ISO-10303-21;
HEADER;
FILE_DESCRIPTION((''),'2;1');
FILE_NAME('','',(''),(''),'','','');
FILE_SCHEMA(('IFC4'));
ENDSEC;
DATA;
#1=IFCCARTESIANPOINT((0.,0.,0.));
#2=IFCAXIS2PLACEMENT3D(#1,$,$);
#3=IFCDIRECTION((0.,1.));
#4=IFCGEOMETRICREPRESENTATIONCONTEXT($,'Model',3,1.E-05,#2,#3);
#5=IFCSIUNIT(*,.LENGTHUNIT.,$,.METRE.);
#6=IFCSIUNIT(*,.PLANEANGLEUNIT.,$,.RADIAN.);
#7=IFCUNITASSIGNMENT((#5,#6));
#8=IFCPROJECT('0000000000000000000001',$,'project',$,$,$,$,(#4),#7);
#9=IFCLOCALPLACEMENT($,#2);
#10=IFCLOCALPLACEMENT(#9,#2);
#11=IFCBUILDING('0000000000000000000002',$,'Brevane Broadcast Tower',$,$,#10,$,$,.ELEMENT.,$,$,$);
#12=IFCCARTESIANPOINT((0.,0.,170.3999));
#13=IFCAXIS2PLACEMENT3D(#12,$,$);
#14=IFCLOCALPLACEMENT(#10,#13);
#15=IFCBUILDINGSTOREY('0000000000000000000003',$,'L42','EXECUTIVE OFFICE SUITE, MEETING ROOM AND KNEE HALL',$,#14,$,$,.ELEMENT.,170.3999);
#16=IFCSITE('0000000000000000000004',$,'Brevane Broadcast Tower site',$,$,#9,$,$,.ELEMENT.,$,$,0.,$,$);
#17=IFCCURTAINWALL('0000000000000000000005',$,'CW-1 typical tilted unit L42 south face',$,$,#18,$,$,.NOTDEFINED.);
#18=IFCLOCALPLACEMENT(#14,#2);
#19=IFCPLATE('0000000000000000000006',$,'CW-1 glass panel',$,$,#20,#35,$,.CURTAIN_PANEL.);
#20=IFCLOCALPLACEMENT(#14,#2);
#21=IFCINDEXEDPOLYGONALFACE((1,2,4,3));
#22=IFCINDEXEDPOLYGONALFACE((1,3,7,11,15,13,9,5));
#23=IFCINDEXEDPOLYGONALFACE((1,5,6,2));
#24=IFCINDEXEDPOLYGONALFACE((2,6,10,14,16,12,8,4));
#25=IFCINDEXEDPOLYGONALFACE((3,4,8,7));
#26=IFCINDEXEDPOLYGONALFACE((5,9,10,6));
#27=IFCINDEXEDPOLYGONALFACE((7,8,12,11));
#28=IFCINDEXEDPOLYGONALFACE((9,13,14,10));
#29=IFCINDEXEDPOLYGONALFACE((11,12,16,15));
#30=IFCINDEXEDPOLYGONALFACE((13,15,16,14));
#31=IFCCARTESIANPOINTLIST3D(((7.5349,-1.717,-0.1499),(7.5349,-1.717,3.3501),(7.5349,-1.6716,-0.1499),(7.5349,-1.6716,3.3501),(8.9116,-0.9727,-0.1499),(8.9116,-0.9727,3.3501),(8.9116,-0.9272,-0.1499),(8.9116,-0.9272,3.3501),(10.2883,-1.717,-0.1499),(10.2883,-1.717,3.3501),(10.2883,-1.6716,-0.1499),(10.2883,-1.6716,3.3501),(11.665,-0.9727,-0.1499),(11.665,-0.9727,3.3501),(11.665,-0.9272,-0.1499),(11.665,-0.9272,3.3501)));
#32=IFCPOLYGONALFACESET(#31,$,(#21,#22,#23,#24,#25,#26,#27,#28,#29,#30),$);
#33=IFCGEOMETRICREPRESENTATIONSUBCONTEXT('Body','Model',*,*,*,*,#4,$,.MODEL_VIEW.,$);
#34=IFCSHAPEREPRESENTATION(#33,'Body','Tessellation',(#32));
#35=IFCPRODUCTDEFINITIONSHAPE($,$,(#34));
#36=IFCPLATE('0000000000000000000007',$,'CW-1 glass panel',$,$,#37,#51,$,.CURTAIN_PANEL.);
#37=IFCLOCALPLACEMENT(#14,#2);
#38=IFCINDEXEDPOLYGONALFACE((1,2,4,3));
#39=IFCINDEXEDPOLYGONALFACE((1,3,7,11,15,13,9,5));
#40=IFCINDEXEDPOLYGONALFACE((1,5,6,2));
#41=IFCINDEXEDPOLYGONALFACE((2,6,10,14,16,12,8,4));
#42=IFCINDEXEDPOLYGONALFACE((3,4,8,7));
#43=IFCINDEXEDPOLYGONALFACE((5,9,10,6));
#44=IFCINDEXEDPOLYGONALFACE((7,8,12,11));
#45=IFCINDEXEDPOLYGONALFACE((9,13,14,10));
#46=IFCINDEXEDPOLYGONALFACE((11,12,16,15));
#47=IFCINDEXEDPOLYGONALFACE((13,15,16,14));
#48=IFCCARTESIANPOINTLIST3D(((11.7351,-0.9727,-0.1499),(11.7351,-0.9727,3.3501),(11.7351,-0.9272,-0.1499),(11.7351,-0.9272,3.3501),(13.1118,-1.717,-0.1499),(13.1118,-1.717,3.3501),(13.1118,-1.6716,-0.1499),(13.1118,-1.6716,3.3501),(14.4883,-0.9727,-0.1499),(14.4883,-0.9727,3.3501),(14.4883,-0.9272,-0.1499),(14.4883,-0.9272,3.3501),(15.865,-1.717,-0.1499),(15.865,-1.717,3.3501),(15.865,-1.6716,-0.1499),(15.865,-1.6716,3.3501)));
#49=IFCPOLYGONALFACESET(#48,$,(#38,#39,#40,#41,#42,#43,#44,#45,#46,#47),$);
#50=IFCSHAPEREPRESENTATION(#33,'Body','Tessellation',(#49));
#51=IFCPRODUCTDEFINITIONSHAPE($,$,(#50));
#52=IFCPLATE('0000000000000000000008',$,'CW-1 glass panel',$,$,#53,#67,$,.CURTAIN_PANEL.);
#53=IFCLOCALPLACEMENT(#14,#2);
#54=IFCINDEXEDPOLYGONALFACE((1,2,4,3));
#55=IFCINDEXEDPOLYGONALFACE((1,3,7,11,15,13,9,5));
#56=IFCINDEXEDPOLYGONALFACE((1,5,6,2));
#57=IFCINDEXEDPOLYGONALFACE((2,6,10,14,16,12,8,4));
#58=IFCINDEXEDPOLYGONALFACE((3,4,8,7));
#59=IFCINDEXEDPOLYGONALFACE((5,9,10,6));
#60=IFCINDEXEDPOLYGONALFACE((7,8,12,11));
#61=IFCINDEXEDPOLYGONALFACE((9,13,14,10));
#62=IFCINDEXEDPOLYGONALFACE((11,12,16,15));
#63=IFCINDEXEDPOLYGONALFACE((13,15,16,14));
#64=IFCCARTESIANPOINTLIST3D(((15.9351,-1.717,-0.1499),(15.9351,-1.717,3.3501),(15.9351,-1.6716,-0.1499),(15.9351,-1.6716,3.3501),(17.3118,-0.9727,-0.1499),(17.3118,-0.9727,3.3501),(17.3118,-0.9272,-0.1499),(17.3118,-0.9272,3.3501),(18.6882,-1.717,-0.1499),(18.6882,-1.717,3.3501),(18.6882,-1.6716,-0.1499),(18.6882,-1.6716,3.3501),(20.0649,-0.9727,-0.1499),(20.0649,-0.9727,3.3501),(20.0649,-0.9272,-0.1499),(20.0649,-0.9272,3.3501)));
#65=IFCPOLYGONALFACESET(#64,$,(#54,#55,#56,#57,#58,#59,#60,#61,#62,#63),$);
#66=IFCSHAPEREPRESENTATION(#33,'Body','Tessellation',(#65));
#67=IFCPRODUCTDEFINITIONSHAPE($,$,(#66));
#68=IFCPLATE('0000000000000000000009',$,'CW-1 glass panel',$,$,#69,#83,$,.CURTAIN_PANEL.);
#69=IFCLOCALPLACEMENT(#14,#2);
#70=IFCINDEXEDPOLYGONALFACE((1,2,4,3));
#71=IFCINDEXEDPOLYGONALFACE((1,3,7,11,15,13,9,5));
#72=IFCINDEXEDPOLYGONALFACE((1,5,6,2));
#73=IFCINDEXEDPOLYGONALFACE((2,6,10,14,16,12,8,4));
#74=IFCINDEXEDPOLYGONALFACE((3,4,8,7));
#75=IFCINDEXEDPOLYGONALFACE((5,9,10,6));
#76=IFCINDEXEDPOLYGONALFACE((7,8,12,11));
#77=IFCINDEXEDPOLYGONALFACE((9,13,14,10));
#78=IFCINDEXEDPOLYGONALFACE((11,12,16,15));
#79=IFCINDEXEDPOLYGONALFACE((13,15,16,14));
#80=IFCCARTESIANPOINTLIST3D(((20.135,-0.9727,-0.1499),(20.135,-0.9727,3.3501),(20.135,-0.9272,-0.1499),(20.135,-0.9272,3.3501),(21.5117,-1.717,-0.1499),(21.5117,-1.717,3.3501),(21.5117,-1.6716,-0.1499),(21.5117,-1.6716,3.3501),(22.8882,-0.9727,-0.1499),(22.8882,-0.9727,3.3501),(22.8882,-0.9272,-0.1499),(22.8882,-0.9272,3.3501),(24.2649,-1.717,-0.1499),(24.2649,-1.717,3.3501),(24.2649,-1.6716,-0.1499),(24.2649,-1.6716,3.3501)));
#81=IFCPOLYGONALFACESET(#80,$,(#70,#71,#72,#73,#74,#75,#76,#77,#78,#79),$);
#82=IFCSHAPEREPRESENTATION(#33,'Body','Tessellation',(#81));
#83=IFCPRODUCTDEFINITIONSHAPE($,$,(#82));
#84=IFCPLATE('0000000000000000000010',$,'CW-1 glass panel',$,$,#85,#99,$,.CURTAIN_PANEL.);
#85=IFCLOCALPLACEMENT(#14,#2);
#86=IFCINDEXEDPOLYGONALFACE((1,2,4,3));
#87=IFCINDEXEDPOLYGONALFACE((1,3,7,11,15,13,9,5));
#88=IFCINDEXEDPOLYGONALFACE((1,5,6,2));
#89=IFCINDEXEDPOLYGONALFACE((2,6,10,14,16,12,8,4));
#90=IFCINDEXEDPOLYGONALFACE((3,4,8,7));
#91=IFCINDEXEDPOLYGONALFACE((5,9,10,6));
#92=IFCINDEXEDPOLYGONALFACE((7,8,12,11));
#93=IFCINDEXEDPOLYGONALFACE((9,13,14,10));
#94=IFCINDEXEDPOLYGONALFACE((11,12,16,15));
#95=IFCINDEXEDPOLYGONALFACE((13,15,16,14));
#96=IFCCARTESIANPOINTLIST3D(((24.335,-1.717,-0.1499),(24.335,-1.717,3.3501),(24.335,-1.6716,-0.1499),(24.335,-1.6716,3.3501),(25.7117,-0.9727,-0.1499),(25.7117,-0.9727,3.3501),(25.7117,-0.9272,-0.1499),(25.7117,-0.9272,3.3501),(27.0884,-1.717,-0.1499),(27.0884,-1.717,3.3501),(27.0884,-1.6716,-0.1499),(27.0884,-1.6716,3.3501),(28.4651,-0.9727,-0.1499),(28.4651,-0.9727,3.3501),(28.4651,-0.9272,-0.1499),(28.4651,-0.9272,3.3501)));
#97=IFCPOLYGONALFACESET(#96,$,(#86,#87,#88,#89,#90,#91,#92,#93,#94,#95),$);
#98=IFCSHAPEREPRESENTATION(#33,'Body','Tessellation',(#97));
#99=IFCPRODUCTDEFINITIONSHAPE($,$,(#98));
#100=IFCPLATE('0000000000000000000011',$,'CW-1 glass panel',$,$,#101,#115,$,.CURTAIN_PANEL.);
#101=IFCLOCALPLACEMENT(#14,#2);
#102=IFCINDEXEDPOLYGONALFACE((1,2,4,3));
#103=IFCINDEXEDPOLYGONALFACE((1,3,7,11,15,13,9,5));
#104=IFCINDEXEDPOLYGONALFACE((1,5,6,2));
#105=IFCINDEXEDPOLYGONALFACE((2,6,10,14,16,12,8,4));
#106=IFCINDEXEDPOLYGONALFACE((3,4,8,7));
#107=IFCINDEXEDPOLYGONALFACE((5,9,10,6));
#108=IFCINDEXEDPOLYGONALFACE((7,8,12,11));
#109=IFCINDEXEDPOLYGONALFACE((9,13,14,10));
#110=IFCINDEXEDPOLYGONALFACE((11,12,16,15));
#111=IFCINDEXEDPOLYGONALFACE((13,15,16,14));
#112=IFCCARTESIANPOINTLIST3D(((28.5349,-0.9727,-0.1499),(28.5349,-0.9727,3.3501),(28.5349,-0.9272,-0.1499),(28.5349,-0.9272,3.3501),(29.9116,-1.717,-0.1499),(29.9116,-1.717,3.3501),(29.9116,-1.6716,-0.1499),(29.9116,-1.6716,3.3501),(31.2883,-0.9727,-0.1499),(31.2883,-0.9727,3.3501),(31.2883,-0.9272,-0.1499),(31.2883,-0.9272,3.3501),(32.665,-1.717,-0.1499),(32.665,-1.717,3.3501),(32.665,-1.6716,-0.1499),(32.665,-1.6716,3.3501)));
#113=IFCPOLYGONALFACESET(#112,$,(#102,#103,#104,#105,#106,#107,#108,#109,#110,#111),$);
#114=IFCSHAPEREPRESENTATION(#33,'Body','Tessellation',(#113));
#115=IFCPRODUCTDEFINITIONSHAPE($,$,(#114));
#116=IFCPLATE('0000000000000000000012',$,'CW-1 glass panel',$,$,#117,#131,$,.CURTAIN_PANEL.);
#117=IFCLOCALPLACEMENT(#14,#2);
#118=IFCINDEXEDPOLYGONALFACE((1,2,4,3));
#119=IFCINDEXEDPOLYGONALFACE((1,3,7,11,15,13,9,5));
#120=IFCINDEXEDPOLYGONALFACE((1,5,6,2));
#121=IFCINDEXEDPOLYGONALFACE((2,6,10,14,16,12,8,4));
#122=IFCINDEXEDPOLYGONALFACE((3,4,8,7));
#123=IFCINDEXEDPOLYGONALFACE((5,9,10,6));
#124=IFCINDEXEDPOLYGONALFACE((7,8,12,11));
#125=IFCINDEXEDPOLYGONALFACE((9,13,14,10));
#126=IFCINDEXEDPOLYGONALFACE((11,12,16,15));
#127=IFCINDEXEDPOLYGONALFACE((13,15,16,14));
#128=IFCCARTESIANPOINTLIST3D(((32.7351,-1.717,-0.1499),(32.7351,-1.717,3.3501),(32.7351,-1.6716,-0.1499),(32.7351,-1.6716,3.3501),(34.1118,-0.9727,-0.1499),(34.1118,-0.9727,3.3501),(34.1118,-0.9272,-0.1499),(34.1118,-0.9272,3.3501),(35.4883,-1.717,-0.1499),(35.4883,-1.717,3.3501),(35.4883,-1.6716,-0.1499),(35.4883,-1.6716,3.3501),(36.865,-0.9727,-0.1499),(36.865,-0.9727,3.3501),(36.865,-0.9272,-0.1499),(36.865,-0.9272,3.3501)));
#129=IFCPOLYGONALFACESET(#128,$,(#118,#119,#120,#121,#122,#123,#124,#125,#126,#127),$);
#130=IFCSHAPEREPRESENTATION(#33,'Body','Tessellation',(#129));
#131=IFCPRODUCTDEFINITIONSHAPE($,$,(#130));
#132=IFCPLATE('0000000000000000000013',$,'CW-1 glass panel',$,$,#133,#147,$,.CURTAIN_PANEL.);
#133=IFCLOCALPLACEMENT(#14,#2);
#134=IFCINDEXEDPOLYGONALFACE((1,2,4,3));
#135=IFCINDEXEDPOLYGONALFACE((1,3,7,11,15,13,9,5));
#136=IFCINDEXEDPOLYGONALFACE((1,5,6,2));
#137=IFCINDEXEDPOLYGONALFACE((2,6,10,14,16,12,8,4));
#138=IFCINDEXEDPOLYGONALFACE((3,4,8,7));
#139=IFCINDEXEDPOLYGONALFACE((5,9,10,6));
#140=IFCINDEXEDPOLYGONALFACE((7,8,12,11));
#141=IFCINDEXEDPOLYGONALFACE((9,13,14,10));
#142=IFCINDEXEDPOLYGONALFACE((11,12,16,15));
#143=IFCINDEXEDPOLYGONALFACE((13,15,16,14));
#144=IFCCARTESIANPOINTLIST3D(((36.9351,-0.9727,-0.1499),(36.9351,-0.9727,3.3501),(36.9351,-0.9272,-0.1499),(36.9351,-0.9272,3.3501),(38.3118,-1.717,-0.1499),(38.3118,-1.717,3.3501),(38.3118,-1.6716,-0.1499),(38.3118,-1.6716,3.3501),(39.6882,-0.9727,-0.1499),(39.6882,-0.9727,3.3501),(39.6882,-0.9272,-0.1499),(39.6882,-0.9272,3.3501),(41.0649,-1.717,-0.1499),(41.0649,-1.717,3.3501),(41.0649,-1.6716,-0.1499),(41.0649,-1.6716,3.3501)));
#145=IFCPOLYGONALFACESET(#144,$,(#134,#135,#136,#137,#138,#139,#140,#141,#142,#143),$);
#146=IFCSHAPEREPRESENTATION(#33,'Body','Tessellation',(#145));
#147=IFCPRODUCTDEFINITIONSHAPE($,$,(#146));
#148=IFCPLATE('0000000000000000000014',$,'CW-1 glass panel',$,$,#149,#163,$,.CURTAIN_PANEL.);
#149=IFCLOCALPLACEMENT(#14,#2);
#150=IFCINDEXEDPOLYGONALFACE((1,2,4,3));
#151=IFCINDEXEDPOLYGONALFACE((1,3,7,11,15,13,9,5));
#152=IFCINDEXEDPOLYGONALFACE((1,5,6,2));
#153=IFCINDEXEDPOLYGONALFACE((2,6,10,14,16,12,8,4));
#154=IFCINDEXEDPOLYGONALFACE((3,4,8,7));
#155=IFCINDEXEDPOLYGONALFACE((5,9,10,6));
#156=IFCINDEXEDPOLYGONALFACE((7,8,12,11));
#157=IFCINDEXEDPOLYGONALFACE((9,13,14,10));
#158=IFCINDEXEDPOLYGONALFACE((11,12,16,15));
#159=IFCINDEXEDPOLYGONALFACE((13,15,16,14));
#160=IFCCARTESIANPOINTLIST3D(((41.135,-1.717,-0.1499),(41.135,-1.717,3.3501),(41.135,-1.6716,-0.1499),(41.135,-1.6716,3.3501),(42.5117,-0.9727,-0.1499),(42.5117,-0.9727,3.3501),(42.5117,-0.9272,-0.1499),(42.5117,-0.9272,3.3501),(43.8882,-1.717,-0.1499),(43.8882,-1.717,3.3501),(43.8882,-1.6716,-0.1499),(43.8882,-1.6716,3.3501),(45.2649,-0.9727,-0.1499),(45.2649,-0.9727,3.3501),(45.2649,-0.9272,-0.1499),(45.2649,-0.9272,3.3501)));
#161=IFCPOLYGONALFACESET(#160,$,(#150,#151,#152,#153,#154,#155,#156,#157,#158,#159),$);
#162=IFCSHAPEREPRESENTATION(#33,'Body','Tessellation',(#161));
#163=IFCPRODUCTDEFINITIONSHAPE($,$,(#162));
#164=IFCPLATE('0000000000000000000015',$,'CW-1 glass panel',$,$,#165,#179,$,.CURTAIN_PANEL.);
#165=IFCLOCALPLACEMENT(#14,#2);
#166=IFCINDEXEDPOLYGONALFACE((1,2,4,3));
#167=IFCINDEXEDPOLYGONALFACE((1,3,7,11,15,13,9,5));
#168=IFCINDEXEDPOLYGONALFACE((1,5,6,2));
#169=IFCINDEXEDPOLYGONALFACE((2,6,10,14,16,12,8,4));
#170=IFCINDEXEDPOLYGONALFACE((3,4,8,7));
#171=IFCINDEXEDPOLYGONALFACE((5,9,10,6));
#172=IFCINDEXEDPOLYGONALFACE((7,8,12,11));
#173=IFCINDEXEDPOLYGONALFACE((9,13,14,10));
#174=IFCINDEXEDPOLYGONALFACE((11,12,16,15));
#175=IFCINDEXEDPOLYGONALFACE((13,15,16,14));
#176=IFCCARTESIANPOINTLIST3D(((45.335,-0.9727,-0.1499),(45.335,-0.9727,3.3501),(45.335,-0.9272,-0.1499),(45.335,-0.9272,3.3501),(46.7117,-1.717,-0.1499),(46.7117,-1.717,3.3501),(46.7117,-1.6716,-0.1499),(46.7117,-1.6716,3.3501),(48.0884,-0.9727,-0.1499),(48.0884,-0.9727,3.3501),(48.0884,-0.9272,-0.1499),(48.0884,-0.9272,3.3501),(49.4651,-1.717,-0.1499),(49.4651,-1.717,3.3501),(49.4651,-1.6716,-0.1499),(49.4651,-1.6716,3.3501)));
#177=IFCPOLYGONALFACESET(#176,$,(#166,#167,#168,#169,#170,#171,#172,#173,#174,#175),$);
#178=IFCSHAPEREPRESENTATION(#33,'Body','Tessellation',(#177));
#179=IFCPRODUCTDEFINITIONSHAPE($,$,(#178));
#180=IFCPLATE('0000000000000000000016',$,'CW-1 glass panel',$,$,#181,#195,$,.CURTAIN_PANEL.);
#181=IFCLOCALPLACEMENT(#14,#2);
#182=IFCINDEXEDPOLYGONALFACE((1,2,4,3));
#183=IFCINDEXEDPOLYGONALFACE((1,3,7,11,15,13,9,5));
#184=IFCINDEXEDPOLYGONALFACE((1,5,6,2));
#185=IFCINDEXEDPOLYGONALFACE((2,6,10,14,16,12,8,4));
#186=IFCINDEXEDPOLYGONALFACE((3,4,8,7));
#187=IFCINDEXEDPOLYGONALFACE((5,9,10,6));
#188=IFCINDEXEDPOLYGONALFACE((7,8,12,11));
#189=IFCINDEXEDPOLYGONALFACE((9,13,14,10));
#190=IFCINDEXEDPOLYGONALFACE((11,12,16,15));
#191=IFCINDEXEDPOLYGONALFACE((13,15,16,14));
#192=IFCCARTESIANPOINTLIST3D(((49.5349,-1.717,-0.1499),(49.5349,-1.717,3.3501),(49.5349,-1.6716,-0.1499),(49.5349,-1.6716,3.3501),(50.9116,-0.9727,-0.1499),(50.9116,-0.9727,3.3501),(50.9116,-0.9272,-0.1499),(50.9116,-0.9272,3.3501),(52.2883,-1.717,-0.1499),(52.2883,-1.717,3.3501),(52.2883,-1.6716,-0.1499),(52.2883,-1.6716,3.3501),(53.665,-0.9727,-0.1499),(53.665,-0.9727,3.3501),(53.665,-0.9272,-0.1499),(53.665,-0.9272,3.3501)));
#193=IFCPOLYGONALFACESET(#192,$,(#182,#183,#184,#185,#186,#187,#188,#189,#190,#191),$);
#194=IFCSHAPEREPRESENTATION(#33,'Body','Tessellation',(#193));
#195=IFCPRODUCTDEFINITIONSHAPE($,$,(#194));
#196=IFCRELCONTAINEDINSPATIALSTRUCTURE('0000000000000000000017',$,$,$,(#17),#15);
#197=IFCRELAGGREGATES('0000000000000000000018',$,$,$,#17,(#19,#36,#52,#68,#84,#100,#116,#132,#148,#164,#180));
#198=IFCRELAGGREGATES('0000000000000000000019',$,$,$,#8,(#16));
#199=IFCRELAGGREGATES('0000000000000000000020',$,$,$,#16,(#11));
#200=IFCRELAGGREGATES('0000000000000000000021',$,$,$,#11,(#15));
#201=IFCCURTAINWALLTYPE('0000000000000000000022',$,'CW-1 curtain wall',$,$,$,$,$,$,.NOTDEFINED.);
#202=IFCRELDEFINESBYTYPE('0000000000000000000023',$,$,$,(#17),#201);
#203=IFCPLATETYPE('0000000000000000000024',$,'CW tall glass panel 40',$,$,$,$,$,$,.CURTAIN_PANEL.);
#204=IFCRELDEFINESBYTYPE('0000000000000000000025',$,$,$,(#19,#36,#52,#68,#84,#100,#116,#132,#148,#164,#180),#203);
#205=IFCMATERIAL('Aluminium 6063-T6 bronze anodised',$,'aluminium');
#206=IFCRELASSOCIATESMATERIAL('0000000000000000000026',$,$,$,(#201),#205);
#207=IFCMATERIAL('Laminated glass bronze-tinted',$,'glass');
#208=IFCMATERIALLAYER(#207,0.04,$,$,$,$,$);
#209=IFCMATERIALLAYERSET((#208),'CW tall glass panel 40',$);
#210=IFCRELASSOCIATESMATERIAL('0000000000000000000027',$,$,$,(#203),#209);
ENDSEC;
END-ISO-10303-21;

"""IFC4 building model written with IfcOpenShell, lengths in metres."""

from ifc_helpers import new_model, si_unit, direction, frame, origin, place, context, subcontext, project, spatial, polyline, outline, extrude, material, layer, layer_set, type_object, element, aggregate, save


model = new_model("IFC4")

# Units and contexts
model_context = context("Model", 3, precision=1e-05, world=origin(), true_north=direction((0.0, 1.0)))
body_context = subcontext(model_context, "Body", "Model", "MODEL_VIEW")
ifc_project = project(units=[si_unit("LENGTHUNIT", "METRE"), si_unit("PLANEANGLEUNIT", "RADIAN")], contexts=[model_context])

# Site, building, storey
site_placement = place(None, origin())
site = spatial("IfcSite", under=ifc_project, at=site_placement, Name="Brevane Broadcast Tower site", CompositionType="ELEMENT", RefElevation=0.0)
building_placement = place(site_placement, origin())
building = spatial("IfcBuilding", under=site, at=building_placement, Name="Brevane Broadcast Tower", CompositionType="ELEMENT")
storey_placement = place(building_placement, frame((0.0, 0.0, 170.3999)))
storey = spatial("IfcBuildingStorey", under=building, at=storey_placement, Name="L42", Description="EXECUTIVE OFFICE SUITE, MEETING ROOM AND KNEE HALL", CompositionType="ELEMENT", Elevation=170.3999)

# Curtain wall, plates
ifc_material_1 = material(Name="Aluminium 6063-T6 bronze anodised", Category="aluminium")
curtain_wall_type = type_object("IfcCurtainWallType", Name="CW-1 curtain wall", PredefinedType="NOTDEFINED", material=ifc_material_1)
curtain_wall_1_placement = place(storey_placement, origin())
curtain_wall_1 = element("IfcCurtainWall", 1, at=curtain_wall_1_placement, inside=storey, type_object=curtain_wall_type, Name="CW-1 typical tilted unit L42 south face", PredefinedType="NOTDEFINED")
ifc_material_2 = material(Name="Laminated glass bronze-tinted", Category="glass")
ifc_layer = layer(ifc_material_2, 0.04)
ifc_layer_set = layer_set([ifc_layer], Name="CW tall glass panel 40")
plate_type = type_object("IfcPlateType", Name="CW tall glass panel 40", PredefinedType="CURTAIN_PANEL", material=ifc_layer_set)
plate_1_placement = place(storey_placement, frame((0.0, 0.0, -0.1499)))
plate_1 = element("IfcPlate", 2, at=plate_1_placement, type_object=plate_type, Name="CW-1 glass panel", PredefinedType="CURTAIN_PANEL", context=body_context, shape_type="SweptSolid", body=[
    extrude(outline(polyline([(7.5349, -1.6716), (7.5349, -1.717), (8.9116, -0.9727), (10.2883, -1.717), (11.665, -0.9727), (11.665, -0.9272), (10.2883, -1.6716), (8.9116, -0.9272), (7.5349, -1.6716)])), origin(), (0.0, 0.0, 1.0), 3.5),
])
plate_2_placement = place(storey_placement, frame((0.0, 0.0, -0.1499)))
plate_2 = element("IfcPlate", 3, at=plate_2_placement, type_object=plate_type, Name="CW-1 glass panel", PredefinedType="CURTAIN_PANEL", context=body_context, shape_type="SweptSolid", body=[
    extrude(outline(polyline([(11.7351, -0.9272), (11.7351, -0.9727), (13.1118, -1.717), (14.4883, -0.9727), (15.865, -1.717), (15.865, -1.6716), (14.4883, -0.9272), (13.1118, -1.6716), (11.7351, -0.9272)])), origin(), (0.0, 0.0, 1.0), 3.5),
])
plate_3_placement = place(storey_placement, frame((0.0, 0.0, -0.1499)))
plate_3 = element("IfcPlate", 4, at=plate_3_placement, type_object=plate_type, Name="CW-1 glass panel", PredefinedType="CURTAIN_PANEL", context=body_context, shape_type="SweptSolid", body=[
    extrude(outline(polyline([(15.9351, -1.6716), (15.9351, -1.717), (17.3118, -0.9727), (18.6882, -1.717), (20.0649, -0.9727), (20.0649, -0.9272), (18.6882, -1.6716), (17.3118, -0.9272), (15.9351, -1.6716)])), origin(), (0.0, 0.0, 1.0), 3.5),
])
plate_4_placement = place(storey_placement, frame((0.0, 0.0, -0.1499)))
plate_4 = element("IfcPlate", 5, at=plate_4_placement, type_object=plate_type, Name="CW-1 glass panel", PredefinedType="CURTAIN_PANEL", context=body_context, shape_type="SweptSolid", body=[
    extrude(outline(polyline([(20.135, -0.9272), (20.135, -0.9727), (21.5117, -1.717), (22.8882, -0.9727), (24.2649, -1.717), (24.2649, -1.6716), (22.8882, -0.9272), (21.5117, -1.6716), (20.135, -0.9272)])), origin(), (0.0, 0.0, 1.0), 3.5),
])
plate_5_placement = place(storey_placement, frame((0.0, 0.0, -0.1499)))
plate_5 = element("IfcPlate", 6, at=plate_5_placement, type_object=plate_type, Name="CW-1 glass panel", PredefinedType="CURTAIN_PANEL", context=body_context, shape_type="SweptSolid", body=[
    extrude(outline(polyline([(24.335, -1.6716), (24.335, -1.717), (25.7117, -0.9727), (27.0884, -1.717), (28.4651, -0.9727), (28.4651, -0.9272), (27.0884, -1.6716), (25.7117, -0.9272), (24.335, -1.6716)])), origin(), (0.0, 0.0, 1.0), 3.5),
])
plate_6_placement = place(storey_placement, frame((0.0, 0.0, -0.1499)))
plate_6 = element("IfcPlate", 7, at=plate_6_placement, type_object=plate_type, Name="CW-1 glass panel", PredefinedType="CURTAIN_PANEL", context=body_context, shape_type="SweptSolid", body=[
    extrude(outline(polyline([(28.5349, -0.9272), (28.5349, -0.9727), (29.9116, -1.717), (31.2883, -0.9727), (32.665, -1.717), (32.665, -1.6716), (31.2883, -0.9272), (29.9116, -1.6716), (28.5349, -0.9272)])), origin(), (0.0, 0.0, 1.0), 3.5),
])
plate_7_placement = place(storey_placement, frame((0.0, 0.0, -0.1499)))
plate_7 = element("IfcPlate", 8, at=plate_7_placement, type_object=plate_type, Name="CW-1 glass panel", PredefinedType="CURTAIN_PANEL", context=body_context, shape_type="SweptSolid", body=[
    extrude(outline(polyline([(32.7351, -1.6716), (32.7351, -1.717), (34.1118, -0.9727), (35.4883, -1.717), (36.865, -0.9727), (36.865, -0.9272), (35.4883, -1.6716), (34.1118, -0.9272), (32.7351, -1.6716)])), origin(), (0.0, 0.0, 1.0), 3.5),
])
plate_8_placement = place(storey_placement, frame((0.0, 0.0, -0.1499)))
plate_8 = element("IfcPlate", 9, at=plate_8_placement, type_object=plate_type, Name="CW-1 glass panel", PredefinedType="CURTAIN_PANEL", context=body_context, shape_type="SweptSolid", body=[
    extrude(outline(polyline([(36.9351, -0.9272), (36.9351, -0.9727), (38.3118, -1.717), (39.6882, -0.9727), (41.0649, -1.717), (41.0649, -1.6716), (39.6882, -0.9272), (38.3118, -1.6716), (36.9351, -0.9272)])), origin(), (0.0, 0.0, 1.0), 3.5),
])
plate_9_placement = place(storey_placement, frame((0.0, 0.0, -0.1499)))
plate_9 = element("IfcPlate", 10, at=plate_9_placement, type_object=plate_type, Name="CW-1 glass panel", PredefinedType="CURTAIN_PANEL", context=body_context, shape_type="SweptSolid", body=[
    extrude(outline(polyline([(41.135, -1.6716), (41.135, -1.717), (42.5117, -0.9727), (43.8882, -1.717), (45.2649, -0.9727), (45.2649, -0.9272), (43.8882, -1.6716), (42.5117, -0.9272), (41.135, -1.6716)])), origin(), (0.0, 0.0, 1.0), 3.5),
])
plate_10_placement = place(storey_placement, frame((0.0, 0.0, -0.1499)))
plate_10 = element("IfcPlate", 11, at=plate_10_placement, type_object=plate_type, Name="CW-1 glass panel", PredefinedType="CURTAIN_PANEL", context=body_context, shape_type="SweptSolid", body=[
    extrude(outline(polyline([(45.335, -0.9272), (45.335, -0.9727), (46.7117, -1.717), (48.0884, -0.9727), (49.4651, -1.717), (49.4651, -1.6716), (48.0884, -0.9272), (46.7117, -1.6716), (45.335, -0.9272)])), origin(), (0.0, 0.0, 1.0), 3.5),
])
plate_11_placement = place(storey_placement, frame((0.0, 0.0, -0.1499)))
plate_11 = element("IfcPlate", 12, at=plate_11_placement, type_object=plate_type, Name="CW-1 glass panel", PredefinedType="CURTAIN_PANEL", context=body_context, shape_type="SweptSolid", body=[
    extrude(outline(polyline([(49.5349, -1.6716), (49.5349, -1.717), (50.9116, -0.9727), (52.2883, -1.717), (53.665, -0.9727), (53.665, -0.9272), (52.2883, -1.6716), (50.9116, -0.9272), (49.5349, -1.6716)])), origin(), (0.0, 0.0, 1.0), 3.5),
])
aggregate(curtain_wall_1, [plate_1, plate_2, plate_3, plate_4, plate_5, plate_6, plate_7, plate_8, plate_9, plate_10, plate_11])

save(model, "model.ifc")
